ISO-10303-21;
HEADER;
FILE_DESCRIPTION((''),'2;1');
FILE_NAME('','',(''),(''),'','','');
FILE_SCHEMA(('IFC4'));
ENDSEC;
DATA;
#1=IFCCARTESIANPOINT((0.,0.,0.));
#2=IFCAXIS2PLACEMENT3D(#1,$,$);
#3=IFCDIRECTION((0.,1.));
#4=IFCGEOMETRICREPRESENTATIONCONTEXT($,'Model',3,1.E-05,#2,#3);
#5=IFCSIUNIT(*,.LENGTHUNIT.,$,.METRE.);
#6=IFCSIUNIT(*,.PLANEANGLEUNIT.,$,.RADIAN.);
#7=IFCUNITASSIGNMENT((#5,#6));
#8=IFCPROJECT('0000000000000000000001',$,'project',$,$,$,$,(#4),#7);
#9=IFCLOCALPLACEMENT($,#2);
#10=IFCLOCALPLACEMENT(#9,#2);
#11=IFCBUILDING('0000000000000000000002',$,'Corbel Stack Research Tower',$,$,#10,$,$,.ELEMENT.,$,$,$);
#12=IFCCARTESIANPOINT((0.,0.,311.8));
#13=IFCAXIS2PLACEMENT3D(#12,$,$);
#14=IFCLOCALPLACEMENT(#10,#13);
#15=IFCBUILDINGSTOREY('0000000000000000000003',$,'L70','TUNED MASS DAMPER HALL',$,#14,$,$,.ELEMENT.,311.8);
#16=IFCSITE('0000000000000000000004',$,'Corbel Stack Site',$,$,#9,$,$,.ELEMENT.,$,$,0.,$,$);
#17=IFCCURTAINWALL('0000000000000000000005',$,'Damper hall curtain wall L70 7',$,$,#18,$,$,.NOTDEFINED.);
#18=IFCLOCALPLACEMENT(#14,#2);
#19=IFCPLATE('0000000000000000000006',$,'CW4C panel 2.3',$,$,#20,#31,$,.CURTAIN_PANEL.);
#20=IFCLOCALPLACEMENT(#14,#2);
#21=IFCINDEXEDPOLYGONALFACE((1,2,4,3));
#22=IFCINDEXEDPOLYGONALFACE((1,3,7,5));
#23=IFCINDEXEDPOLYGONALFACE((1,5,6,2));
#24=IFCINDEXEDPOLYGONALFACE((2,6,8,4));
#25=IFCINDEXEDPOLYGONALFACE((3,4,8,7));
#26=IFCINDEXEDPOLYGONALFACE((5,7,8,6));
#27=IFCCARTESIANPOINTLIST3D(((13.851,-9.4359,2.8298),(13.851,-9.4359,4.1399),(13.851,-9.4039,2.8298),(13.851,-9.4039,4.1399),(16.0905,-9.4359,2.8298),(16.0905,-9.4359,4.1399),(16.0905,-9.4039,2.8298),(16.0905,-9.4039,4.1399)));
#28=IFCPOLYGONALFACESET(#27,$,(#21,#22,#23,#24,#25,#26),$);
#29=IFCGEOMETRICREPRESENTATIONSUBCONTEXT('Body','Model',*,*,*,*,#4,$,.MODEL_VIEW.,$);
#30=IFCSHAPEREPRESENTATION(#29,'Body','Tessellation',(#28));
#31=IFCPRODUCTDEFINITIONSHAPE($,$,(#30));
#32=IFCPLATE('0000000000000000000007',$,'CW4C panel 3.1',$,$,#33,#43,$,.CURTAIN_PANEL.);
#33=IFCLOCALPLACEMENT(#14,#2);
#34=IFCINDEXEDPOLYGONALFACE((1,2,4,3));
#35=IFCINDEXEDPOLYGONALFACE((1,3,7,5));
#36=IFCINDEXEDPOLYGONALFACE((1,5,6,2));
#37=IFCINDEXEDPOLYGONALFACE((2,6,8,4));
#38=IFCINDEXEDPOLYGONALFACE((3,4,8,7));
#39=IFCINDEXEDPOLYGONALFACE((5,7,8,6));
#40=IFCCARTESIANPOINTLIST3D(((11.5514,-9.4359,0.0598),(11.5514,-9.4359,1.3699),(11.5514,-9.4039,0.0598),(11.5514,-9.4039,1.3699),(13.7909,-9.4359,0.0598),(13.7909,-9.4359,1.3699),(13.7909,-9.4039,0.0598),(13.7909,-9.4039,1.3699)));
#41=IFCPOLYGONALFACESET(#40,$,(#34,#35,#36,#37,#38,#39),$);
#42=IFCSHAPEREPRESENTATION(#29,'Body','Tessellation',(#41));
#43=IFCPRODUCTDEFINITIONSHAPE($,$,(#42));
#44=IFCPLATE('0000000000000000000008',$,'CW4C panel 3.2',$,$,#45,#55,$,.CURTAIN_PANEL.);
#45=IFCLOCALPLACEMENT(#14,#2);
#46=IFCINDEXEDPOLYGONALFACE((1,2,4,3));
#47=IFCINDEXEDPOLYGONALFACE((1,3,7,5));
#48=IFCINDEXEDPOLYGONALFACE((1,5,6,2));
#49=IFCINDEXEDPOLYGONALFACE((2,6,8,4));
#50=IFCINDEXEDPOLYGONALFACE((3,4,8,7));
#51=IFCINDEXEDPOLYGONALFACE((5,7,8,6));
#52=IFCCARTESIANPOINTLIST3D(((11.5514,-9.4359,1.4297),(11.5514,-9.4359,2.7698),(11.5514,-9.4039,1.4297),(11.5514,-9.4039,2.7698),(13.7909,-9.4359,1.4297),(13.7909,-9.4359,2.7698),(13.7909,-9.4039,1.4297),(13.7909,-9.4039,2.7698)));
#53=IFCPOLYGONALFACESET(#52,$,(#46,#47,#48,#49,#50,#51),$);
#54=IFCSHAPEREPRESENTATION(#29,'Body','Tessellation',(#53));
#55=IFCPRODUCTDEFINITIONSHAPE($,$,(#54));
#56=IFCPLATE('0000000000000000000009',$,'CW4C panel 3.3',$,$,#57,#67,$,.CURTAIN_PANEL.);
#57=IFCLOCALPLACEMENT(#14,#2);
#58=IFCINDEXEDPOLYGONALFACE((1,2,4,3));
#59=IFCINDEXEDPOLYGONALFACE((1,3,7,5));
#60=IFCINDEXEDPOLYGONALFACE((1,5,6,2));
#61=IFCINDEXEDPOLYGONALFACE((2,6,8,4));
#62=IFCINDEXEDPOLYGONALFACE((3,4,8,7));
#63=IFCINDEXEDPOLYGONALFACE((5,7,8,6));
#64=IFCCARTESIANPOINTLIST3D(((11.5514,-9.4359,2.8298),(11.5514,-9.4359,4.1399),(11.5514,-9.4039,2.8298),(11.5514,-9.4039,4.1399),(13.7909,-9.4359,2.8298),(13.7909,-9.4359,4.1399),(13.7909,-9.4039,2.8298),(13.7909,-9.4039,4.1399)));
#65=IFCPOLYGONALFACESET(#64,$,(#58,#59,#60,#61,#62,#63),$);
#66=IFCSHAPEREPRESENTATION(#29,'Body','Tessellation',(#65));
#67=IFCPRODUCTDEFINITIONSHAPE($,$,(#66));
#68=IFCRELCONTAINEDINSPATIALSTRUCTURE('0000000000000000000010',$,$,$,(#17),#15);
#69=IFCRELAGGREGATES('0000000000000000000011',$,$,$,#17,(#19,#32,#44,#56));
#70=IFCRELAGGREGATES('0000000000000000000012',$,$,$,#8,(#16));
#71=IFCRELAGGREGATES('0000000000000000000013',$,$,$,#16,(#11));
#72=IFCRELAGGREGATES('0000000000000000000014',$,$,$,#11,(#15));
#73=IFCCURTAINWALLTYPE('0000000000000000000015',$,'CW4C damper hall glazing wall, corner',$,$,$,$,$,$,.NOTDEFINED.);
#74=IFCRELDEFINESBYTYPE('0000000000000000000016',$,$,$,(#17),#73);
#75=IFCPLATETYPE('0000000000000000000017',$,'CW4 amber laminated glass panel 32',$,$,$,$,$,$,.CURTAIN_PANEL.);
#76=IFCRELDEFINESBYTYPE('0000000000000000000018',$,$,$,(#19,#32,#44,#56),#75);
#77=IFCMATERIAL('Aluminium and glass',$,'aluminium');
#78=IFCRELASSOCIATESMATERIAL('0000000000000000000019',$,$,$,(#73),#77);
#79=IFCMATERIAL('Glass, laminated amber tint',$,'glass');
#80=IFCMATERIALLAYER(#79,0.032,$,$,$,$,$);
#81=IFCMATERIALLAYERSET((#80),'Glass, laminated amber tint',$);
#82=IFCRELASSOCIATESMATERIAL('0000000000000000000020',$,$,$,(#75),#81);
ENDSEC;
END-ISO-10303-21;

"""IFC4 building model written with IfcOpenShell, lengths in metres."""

from ifc_helpers import new_model, si_unit, direction, frame, origin, origin_2d, place, context, subcontext, project, spatial, rectangle, extrude, material, layer, layer_set, type_object, element, aggregate, save


model = new_model("IFC4")

# Units and contexts
model_context = context("Model", 3, precision=1e-05, world=origin(), true_north=direction((0.0, 1.0)))
body_context = subcontext(model_context, "Body", "Model", "MODEL_VIEW")
ifc_project = project(units=[si_unit("LENGTHUNIT", "METRE"), si_unit("PLANEANGLEUNIT", "RADIAN")], contexts=[model_context])

# Site, building, storey
site_placement = place(None, origin())
site = spatial("IfcSite", under=ifc_project, at=site_placement, Name="Corbel Stack Site", CompositionType="ELEMENT", RefElevation=0.0)
building_placement = place(site_placement, origin())
building = spatial("IfcBuilding", under=site, at=building_placement, Name="Corbel Stack Research Tower", CompositionType="ELEMENT")
storey_placement = place(building_placement, frame((0.0, 0.0, 311.8)))
storey = spatial("IfcBuildingStorey", under=building, at=storey_placement, Name="L70", Description="TUNED MASS DAMPER HALL", CompositionType="ELEMENT", Elevation=311.8)

# Curtain wall
ifc_material_1 = material(Name="Aluminium and glass", Category="aluminium")
curtain_wall_type = type_object("IfcCurtainWallType", Name="CW4C damper hall glazing wall, corner", PredefinedType="NOTDEFINED", material=ifc_material_1)
curtain_wall_placement = place(storey_placement, origin())
curtain_wall = element("IfcCurtainWall", 1, at=curtain_wall_placement, inside=storey, type_object=curtain_wall_type, Name="Damper hall curtain wall L70 7", PredefinedType="NOTDEFINED")

# Plates
ifc_material_2 = material(Name="Glass, laminated amber tint", Category="glass")
ifc_layer = layer(ifc_material_2, 0.032)
ifc_layer_set = layer_set([ifc_layer], Name="Glass, laminated amber tint")
plate_type = type_object("IfcPlateType", Name="CW4 amber laminated glass panel 32", PredefinedType="CURTAIN_PANEL", material=ifc_layer_set)
plate_1_placement = place(storey_placement, frame((14.9707, -9.4199, 2.8298), z_axis=(0.0, 0.0, 1.0), x_axis=(-1.0, 0.0, 0.0)))
plate_1 = element("IfcPlate", 2, at=plate_1_placement, type_object=plate_type, Name="CW4C panel 2.3", PredefinedType="CURTAIN_PANEL", context=body_context, shape_type="SweptSolid", body=[
    extrude(rectangle(XDim=2.2395, YDim=0.032, at=origin_2d()), origin(), (0.0, 0.0, 1.0), 1.3101),
])
plate_2_placement = place(storey_placement, frame((12.6711, -9.4199, 0.0598), z_axis=(0.0, 0.0, 1.0), x_axis=(-1.0, 0.0, 0.0)))
plate_2 = element("IfcPlate", 3, at=plate_2_placement, type_object=plate_type, Name="CW4C panel 3.1", PredefinedType="CURTAIN_PANEL", context=body_context, shape_type="SweptSolid", body=[
    extrude(rectangle(XDim=2.2395, YDim=0.032, at=origin_2d()), origin(), (0.0, 0.0, 1.0), 1.3101),
])
plate_3_placement = place(storey_placement, frame((12.6711, -9.4199, 1.4297), z_axis=(0.0, 0.0, 1.0), x_axis=(-1.0, 0.0, 0.0)))
plate_3 = element("IfcPlate", 4, at=plate_3_placement, type_object=plate_type, Name="CW4C panel 3.2", PredefinedType="CURTAIN_PANEL", context=body_context, shape_type="SweptSolid", body=[
    extrude(rectangle(XDim=2.2395, YDim=0.032, at=origin_2d()), origin(), (0.0, 0.0, 1.0), 1.3401),
])
plate_4_placement = place(storey_placement, frame((12.6711, -9.4199, 2.8298), z_axis=(0.0, 0.0, 1.0), x_axis=(-1.0, 0.0, 0.0)))
plate_4 = element("IfcPlate", 5, at=plate_4_placement, type_object=plate_type, Name="CW4C panel 3.3", PredefinedType="CURTAIN_PANEL", context=body_context, shape_type="SweptSolid", body=[
    extrude(rectangle(XDim=2.2395, YDim=0.032, at=origin_2d()), origin(), (0.0, 0.0, 1.0), 1.3101),
])
aggregate(curtain_wall, [plate_1, plate_2, plate_3, plate_4])

save(model, "model.ifc")
